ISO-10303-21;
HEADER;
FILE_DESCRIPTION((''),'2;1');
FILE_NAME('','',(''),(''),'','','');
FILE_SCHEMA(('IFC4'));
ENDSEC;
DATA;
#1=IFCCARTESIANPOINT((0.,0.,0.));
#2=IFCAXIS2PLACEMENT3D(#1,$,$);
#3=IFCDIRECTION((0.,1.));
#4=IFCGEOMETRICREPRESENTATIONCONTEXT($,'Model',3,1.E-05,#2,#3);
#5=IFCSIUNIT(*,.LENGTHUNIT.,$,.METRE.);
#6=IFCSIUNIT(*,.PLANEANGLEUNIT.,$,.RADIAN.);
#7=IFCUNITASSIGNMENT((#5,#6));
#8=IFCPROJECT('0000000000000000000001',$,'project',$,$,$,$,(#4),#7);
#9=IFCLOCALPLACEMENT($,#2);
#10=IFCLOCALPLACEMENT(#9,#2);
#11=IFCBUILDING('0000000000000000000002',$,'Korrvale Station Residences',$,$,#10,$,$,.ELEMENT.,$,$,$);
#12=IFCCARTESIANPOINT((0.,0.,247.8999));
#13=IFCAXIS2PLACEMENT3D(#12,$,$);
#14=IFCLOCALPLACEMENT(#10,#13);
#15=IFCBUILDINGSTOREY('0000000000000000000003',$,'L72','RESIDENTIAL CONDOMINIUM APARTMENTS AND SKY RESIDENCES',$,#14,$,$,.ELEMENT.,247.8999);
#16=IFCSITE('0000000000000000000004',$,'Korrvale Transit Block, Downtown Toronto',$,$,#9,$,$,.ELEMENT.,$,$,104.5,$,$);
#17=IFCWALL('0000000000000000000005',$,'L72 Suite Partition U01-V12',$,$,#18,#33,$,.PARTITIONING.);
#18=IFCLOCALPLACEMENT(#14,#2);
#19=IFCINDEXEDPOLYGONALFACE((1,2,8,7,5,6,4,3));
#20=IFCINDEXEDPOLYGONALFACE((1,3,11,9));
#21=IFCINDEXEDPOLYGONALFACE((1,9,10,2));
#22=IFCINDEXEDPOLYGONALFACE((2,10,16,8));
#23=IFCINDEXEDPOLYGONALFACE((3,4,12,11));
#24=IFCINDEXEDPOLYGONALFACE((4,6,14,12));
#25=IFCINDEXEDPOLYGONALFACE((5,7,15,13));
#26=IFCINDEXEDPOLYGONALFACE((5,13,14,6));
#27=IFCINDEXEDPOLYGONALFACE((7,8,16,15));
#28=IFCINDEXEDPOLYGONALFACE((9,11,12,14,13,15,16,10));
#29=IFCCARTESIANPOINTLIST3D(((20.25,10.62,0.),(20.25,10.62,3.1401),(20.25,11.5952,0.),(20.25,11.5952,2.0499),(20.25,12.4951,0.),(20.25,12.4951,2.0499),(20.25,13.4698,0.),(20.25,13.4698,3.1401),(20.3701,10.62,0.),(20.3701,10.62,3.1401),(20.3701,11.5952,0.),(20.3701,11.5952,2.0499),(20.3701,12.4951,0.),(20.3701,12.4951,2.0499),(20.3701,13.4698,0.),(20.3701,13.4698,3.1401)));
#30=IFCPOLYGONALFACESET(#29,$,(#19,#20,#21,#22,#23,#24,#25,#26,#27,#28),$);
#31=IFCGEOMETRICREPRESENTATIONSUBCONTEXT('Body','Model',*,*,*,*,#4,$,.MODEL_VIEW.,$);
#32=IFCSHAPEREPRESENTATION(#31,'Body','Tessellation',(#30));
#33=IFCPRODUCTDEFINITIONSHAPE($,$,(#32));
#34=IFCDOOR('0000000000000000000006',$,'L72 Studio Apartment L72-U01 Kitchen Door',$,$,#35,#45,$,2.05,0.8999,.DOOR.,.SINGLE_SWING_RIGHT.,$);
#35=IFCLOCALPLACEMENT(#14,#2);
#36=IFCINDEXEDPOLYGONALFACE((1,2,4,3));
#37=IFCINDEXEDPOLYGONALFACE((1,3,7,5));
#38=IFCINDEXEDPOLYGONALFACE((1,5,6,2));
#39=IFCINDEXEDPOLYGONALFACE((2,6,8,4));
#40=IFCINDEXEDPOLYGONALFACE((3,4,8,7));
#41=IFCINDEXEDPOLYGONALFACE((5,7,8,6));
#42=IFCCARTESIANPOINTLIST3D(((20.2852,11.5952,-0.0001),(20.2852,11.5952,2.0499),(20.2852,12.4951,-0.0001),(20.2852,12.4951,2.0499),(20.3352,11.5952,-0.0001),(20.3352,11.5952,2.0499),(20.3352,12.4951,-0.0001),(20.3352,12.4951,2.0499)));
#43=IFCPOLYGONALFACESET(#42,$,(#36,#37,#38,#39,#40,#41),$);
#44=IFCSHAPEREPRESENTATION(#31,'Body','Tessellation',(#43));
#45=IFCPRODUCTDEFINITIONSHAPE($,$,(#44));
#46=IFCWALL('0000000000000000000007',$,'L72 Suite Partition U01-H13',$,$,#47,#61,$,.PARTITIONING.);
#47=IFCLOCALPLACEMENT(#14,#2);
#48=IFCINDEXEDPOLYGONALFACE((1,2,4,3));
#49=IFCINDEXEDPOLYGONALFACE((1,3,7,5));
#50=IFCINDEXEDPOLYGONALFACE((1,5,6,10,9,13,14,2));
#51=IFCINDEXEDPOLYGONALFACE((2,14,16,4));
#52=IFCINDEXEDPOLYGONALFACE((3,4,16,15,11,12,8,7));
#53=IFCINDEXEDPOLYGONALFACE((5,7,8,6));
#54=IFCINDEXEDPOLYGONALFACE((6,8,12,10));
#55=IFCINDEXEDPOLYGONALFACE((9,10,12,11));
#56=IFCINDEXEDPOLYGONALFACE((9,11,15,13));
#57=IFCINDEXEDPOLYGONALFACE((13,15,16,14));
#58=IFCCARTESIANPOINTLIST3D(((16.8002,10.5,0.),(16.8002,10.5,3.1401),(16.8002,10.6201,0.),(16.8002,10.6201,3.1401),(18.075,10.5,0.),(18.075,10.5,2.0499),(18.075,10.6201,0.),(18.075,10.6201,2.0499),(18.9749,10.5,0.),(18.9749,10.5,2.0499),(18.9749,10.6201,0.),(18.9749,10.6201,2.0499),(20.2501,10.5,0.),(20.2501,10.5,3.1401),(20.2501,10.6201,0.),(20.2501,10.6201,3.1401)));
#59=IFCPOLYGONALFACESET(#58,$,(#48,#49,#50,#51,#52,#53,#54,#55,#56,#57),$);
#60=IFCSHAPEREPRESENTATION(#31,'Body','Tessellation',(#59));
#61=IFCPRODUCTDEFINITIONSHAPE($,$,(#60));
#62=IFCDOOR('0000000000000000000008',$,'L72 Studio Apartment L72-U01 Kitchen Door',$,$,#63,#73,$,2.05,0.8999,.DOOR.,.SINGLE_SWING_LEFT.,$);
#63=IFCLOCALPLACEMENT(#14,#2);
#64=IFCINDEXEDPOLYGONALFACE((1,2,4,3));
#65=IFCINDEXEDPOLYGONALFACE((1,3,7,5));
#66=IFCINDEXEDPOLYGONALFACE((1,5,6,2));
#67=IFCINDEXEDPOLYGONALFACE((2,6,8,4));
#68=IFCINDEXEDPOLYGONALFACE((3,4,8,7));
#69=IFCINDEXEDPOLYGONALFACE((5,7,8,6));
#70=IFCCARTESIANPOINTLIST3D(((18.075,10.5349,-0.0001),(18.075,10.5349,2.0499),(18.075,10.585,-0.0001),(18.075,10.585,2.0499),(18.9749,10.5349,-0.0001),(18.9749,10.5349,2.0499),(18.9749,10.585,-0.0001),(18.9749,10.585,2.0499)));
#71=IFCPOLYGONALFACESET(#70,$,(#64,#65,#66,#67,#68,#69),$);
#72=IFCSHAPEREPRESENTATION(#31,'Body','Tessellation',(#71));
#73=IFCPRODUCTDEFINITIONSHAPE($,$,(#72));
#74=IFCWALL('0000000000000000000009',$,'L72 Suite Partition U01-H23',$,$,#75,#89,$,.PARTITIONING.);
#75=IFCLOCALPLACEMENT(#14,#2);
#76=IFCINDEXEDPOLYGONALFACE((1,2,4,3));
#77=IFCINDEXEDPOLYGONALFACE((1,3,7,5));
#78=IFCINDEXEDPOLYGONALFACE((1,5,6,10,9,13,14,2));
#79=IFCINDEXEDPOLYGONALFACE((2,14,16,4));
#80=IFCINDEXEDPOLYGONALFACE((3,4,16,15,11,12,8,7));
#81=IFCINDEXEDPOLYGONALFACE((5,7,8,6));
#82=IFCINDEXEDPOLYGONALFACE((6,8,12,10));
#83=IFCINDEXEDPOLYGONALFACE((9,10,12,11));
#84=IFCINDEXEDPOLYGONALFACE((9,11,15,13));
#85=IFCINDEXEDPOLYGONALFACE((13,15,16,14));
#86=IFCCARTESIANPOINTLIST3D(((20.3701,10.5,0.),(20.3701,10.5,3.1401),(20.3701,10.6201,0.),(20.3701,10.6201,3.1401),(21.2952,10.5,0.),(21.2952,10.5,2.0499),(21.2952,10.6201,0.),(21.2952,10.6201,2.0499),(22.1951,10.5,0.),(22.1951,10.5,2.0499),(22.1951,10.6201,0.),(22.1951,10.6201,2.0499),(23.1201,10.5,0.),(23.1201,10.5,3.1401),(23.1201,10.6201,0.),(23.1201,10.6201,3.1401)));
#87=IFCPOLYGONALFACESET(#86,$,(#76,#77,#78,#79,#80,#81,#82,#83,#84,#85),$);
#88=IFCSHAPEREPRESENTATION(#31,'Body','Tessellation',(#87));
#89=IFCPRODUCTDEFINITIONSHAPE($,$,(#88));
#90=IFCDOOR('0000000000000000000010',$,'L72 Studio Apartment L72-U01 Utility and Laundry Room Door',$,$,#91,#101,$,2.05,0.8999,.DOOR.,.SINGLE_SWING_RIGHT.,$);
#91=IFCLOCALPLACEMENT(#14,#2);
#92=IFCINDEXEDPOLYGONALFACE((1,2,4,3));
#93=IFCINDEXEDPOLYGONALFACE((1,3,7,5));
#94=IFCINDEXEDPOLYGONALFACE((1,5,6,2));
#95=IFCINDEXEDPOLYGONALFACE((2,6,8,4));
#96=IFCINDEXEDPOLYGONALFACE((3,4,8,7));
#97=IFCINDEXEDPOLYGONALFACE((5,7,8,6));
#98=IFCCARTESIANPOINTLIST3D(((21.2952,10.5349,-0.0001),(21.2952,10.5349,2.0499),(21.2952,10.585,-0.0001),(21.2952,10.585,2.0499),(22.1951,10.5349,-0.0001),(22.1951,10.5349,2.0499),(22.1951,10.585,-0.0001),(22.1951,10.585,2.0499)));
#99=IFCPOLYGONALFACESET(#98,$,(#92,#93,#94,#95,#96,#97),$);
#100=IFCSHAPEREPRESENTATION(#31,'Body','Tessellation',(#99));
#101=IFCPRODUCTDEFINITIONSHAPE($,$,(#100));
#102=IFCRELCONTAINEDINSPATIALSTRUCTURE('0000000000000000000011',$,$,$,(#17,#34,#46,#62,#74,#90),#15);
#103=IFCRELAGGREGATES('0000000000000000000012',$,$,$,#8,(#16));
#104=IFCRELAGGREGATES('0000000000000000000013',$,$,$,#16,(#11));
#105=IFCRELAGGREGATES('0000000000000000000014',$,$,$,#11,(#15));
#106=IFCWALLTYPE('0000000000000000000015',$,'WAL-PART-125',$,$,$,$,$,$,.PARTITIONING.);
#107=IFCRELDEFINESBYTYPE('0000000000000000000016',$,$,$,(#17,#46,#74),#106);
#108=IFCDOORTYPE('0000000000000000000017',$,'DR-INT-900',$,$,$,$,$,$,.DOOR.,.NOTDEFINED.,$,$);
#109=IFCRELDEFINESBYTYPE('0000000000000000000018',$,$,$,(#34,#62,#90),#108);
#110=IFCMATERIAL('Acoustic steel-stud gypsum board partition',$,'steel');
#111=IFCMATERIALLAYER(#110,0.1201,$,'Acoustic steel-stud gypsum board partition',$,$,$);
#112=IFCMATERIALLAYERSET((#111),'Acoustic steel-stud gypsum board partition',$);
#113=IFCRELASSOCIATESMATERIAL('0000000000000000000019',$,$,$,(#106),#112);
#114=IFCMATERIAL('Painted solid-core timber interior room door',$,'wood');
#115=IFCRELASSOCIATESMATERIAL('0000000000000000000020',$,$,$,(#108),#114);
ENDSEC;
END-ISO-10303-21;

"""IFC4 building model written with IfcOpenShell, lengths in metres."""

from ifc_helpers import new_model, si_unit, direction, frame, frame_2d, origin, place, context, subcontext, project, spatial, rectangle, extrude, material, layer, layer_set, type_object, element, fill, save


model = new_model("IFC4")

# Units and contexts
model_context = context("Model", 3, precision=1e-05, world=origin(), true_north=direction((0.0, 1.0)))
body_context = subcontext(model_context, "Body", "Model", "MODEL_VIEW")
ifc_project = project(units=[si_unit("LENGTHUNIT", "METRE"), si_unit("PLANEANGLEUNIT", "RADIAN")], contexts=[model_context])

# Site, building, storey
site_placement = place(None, origin())
site = spatial("IfcSite", under=ifc_project, at=site_placement, Name="Korrvale Transit Block, Downtown Toronto", CompositionType="ELEMENT", RefElevation=104.5)
building_placement = place(site_placement, origin())
building = spatial("IfcBuilding", under=site, at=building_placement, Name="Korrvale Station Residences", CompositionType="ELEMENT")
storey_placement = place(building_placement, frame((0.0, 0.0, 247.8999)))
storey = spatial("IfcBuildingStorey", under=building, at=storey_placement, Name="L72", Description="RESIDENTIAL CONDOMINIUM APARTMENTS AND SKY RESIDENCES", CompositionType="ELEMENT", Elevation=247.8999)

# Walls, openings, doors
ifc_material_1 = material(Name="Acoustic steel-stud gypsum board partition", Category="steel")
ifc_layer_1 = layer(ifc_material_1, 0.1201, Name="Acoustic steel-stud gypsum board partition")
ifc_layer_set_1 = layer_set([ifc_layer_1], Name="Acoustic steel-stud gypsum board partition")
wall_type_1 = type_object("IfcWallType", Name="WAL-PART-125", PredefinedType="PARTITIONING", material=ifc_layer_set_1)
wall_1_placement = place(storey_placement, frame((20.3101, 10.6201, 0.0), z_axis=(0.0, 0.0, 1.0), x_axis=(0.0, 1.0, 0.0)))
wall_1 = element("IfcWall", 1, at=wall_1_placement, inside=storey, type_object=wall_type_1, Name="L72 Suite Partition U01-V12", PredefinedType="PARTITIONING", context=body_context, shape_type="SweptSolid", body=[
    extrude(rectangle(XDim=2.8499, YDim=0.1201, at=frame_2d((1.4248, 0.0))), origin(), (0.0, 0.0, 1.0), 3.1401),
])
opening_1_placement = place(wall_1_placement, frame((0.9751, 0.0, 0.0)))
opening_1 = element("IfcOpeningElement", 2, at=opening_1_placement, cuts=wall_1, PredefinedType="OPENING", context=body_context, shape_type="SweptSolid", body=[
    extrude(rectangle(XDim=0.8999, YDim=2.05, at=frame_2d((0.45, 1.0249))), frame((0.0, 0.0701, 0.0), z_axis=(0.0, -1.0, 0.0), x_axis=(1.0, 0.0, 0.0)), (0.0, 0.0, 1.0), 0.1401),
])
ifc_material_2 = material(Name="Painted solid-core timber interior room door", Category="wood")
door_type_1 = type_object("IfcDoorType", Name="DR-INT-900", OperationType="NOTDEFINED", PredefinedType="DOOR", material=ifc_material_2)
door_1_placement = place(opening_1_placement, origin())
door_1 = element("IfcDoor", 3, at=door_1_placement, inside=storey, type_object=door_type_1, Name="L72 Studio Apartment L72-U01 Kitchen Door", OperationType="SINGLE_SWING_RIGHT", OverallHeight=2.05, OverallWidth=0.8999, PredefinedType="DOOR", context=body_context, shape_type="SweptSolid", body=[
    extrude(rectangle(XDim=0.8999, YDim=2.05, at=frame_2d((0.45, 1.0249))), frame((0.0, 0.0249, 0.0), z_axis=(0.0, -1.0, 0.0), x_axis=(1.0, 0.0, 0.0)), (0.0, 0.0, 1.0), 0.05),
])
fill(opening_1, door_1)
wall_2_placement = place(storey_placement, frame((16.8, 10.5601, 0.0), z_axis=(0.0, 0.0, 1.0), x_axis=(1.0, 0.0, 0.0)))
wall_2 = element("IfcWall", 4, at=wall_2_placement, inside=storey, type_object=wall_type_1, Name="L72 Suite Partition U01-H13", PredefinedType="PARTITIONING", context=body_context, shape_type="SweptSolid", body=[
    extrude(rectangle(XDim=3.45, YDim=0.1201, at=frame_2d((1.7251, 0.0))), origin(), (0.0, 0.0, 1.0), 3.1401),
])
opening_2_placement = place(wall_2_placement, frame((1.2749, 0.0, 0.0)))
opening_2 = element("IfcOpeningElement", 5, at=opening_2_placement, cuts=wall_2, PredefinedType="OPENING", context=body_context, shape_type="SweptSolid", body=[
    extrude(rectangle(XDim=0.8999, YDim=2.05, at=frame_2d((0.45, 1.0249))), frame((0.0, 0.0701, 0.0), z_axis=(0.0, -1.0, 0.0), x_axis=(1.0, 0.0, 0.0)), (0.0, 0.0, 1.0), 0.1401),
])
door_2_placement = place(opening_2_placement, origin())
door_2 = element("IfcDoor", 6, at=door_2_placement, inside=storey, type_object=door_type_1, Name="L72 Studio Apartment L72-U01 Kitchen Door", OperationType="SINGLE_SWING_LEFT", OverallHeight=2.05, OverallWidth=0.8999, PredefinedType="DOOR", context=body_context, shape_type="SweptSolid", body=[
    extrude(rectangle(XDim=0.8999, YDim=2.05, at=frame_2d((0.45, 1.0249))), frame((0.0, 0.0249, 0.0), z_axis=(0.0, -1.0, 0.0), x_axis=(1.0, 0.0, 0.0)), (0.0, 0.0, 1.0), 0.05),
])
fill(opening_2, door_2)
wall_3_placement = place(storey_placement, frame((20.3701, 10.5601, 0.0), z_axis=(0.0, 0.0, 1.0), x_axis=(1.0, 0.0, 0.0)))
wall_3 = element("IfcWall", 7, at=wall_3_placement, inside=storey, type_object=wall_type_1, Name="L72 Suite Partition U01-H23", PredefinedType="PARTITIONING", context=body_context, shape_type="SweptSolid", body=[
    extrude(rectangle(XDim=2.75, YDim=0.1201, at=frame_2d((1.375, 0.0))), origin(), (0.0, 0.0, 1.0), 3.1401),
])
opening_3_placement = place(wall_3_placement, frame((0.925, 0.0, 0.0)))
opening_3 = element("IfcOpeningElement", 8, at=opening_3_placement, cuts=wall_3, PredefinedType="OPENING", context=body_context, shape_type="SweptSolid", body=[
    extrude(rectangle(XDim=0.8999, YDim=2.05, at=frame_2d((0.45, 1.0249))), frame((0.0, 0.0701, 0.0), z_axis=(0.0, -1.0, 0.0), x_axis=(1.0, 0.0, 0.0)), (0.0, 0.0, 1.0), 0.1401),
])
door_3_placement = place(opening_3_placement, origin())
door_3 = element("IfcDoor", 9, at=door_3_placement, inside=storey, type_object=door_type_1, Name="L72 Studio Apartment L72-U01 Utility and Laundry Room Door", OperationType="SINGLE_SWING_RIGHT", OverallHeight=2.05, OverallWidth=0.8999, PredefinedType="DOOR", context=body_context, shape_type="SweptSolid", body=[
    extrude(rectangle(XDim=0.8999, YDim=2.05, at=frame_2d((0.45, 1.0249))), frame((0.0, 0.0249, 0.0), z_axis=(0.0, -1.0, 0.0), x_axis=(1.0, 0.0, 0.0)), (0.0, 0.0, 1.0), 0.05),
])
fill(opening_3, door_3)

save(model, "model.ifc")
